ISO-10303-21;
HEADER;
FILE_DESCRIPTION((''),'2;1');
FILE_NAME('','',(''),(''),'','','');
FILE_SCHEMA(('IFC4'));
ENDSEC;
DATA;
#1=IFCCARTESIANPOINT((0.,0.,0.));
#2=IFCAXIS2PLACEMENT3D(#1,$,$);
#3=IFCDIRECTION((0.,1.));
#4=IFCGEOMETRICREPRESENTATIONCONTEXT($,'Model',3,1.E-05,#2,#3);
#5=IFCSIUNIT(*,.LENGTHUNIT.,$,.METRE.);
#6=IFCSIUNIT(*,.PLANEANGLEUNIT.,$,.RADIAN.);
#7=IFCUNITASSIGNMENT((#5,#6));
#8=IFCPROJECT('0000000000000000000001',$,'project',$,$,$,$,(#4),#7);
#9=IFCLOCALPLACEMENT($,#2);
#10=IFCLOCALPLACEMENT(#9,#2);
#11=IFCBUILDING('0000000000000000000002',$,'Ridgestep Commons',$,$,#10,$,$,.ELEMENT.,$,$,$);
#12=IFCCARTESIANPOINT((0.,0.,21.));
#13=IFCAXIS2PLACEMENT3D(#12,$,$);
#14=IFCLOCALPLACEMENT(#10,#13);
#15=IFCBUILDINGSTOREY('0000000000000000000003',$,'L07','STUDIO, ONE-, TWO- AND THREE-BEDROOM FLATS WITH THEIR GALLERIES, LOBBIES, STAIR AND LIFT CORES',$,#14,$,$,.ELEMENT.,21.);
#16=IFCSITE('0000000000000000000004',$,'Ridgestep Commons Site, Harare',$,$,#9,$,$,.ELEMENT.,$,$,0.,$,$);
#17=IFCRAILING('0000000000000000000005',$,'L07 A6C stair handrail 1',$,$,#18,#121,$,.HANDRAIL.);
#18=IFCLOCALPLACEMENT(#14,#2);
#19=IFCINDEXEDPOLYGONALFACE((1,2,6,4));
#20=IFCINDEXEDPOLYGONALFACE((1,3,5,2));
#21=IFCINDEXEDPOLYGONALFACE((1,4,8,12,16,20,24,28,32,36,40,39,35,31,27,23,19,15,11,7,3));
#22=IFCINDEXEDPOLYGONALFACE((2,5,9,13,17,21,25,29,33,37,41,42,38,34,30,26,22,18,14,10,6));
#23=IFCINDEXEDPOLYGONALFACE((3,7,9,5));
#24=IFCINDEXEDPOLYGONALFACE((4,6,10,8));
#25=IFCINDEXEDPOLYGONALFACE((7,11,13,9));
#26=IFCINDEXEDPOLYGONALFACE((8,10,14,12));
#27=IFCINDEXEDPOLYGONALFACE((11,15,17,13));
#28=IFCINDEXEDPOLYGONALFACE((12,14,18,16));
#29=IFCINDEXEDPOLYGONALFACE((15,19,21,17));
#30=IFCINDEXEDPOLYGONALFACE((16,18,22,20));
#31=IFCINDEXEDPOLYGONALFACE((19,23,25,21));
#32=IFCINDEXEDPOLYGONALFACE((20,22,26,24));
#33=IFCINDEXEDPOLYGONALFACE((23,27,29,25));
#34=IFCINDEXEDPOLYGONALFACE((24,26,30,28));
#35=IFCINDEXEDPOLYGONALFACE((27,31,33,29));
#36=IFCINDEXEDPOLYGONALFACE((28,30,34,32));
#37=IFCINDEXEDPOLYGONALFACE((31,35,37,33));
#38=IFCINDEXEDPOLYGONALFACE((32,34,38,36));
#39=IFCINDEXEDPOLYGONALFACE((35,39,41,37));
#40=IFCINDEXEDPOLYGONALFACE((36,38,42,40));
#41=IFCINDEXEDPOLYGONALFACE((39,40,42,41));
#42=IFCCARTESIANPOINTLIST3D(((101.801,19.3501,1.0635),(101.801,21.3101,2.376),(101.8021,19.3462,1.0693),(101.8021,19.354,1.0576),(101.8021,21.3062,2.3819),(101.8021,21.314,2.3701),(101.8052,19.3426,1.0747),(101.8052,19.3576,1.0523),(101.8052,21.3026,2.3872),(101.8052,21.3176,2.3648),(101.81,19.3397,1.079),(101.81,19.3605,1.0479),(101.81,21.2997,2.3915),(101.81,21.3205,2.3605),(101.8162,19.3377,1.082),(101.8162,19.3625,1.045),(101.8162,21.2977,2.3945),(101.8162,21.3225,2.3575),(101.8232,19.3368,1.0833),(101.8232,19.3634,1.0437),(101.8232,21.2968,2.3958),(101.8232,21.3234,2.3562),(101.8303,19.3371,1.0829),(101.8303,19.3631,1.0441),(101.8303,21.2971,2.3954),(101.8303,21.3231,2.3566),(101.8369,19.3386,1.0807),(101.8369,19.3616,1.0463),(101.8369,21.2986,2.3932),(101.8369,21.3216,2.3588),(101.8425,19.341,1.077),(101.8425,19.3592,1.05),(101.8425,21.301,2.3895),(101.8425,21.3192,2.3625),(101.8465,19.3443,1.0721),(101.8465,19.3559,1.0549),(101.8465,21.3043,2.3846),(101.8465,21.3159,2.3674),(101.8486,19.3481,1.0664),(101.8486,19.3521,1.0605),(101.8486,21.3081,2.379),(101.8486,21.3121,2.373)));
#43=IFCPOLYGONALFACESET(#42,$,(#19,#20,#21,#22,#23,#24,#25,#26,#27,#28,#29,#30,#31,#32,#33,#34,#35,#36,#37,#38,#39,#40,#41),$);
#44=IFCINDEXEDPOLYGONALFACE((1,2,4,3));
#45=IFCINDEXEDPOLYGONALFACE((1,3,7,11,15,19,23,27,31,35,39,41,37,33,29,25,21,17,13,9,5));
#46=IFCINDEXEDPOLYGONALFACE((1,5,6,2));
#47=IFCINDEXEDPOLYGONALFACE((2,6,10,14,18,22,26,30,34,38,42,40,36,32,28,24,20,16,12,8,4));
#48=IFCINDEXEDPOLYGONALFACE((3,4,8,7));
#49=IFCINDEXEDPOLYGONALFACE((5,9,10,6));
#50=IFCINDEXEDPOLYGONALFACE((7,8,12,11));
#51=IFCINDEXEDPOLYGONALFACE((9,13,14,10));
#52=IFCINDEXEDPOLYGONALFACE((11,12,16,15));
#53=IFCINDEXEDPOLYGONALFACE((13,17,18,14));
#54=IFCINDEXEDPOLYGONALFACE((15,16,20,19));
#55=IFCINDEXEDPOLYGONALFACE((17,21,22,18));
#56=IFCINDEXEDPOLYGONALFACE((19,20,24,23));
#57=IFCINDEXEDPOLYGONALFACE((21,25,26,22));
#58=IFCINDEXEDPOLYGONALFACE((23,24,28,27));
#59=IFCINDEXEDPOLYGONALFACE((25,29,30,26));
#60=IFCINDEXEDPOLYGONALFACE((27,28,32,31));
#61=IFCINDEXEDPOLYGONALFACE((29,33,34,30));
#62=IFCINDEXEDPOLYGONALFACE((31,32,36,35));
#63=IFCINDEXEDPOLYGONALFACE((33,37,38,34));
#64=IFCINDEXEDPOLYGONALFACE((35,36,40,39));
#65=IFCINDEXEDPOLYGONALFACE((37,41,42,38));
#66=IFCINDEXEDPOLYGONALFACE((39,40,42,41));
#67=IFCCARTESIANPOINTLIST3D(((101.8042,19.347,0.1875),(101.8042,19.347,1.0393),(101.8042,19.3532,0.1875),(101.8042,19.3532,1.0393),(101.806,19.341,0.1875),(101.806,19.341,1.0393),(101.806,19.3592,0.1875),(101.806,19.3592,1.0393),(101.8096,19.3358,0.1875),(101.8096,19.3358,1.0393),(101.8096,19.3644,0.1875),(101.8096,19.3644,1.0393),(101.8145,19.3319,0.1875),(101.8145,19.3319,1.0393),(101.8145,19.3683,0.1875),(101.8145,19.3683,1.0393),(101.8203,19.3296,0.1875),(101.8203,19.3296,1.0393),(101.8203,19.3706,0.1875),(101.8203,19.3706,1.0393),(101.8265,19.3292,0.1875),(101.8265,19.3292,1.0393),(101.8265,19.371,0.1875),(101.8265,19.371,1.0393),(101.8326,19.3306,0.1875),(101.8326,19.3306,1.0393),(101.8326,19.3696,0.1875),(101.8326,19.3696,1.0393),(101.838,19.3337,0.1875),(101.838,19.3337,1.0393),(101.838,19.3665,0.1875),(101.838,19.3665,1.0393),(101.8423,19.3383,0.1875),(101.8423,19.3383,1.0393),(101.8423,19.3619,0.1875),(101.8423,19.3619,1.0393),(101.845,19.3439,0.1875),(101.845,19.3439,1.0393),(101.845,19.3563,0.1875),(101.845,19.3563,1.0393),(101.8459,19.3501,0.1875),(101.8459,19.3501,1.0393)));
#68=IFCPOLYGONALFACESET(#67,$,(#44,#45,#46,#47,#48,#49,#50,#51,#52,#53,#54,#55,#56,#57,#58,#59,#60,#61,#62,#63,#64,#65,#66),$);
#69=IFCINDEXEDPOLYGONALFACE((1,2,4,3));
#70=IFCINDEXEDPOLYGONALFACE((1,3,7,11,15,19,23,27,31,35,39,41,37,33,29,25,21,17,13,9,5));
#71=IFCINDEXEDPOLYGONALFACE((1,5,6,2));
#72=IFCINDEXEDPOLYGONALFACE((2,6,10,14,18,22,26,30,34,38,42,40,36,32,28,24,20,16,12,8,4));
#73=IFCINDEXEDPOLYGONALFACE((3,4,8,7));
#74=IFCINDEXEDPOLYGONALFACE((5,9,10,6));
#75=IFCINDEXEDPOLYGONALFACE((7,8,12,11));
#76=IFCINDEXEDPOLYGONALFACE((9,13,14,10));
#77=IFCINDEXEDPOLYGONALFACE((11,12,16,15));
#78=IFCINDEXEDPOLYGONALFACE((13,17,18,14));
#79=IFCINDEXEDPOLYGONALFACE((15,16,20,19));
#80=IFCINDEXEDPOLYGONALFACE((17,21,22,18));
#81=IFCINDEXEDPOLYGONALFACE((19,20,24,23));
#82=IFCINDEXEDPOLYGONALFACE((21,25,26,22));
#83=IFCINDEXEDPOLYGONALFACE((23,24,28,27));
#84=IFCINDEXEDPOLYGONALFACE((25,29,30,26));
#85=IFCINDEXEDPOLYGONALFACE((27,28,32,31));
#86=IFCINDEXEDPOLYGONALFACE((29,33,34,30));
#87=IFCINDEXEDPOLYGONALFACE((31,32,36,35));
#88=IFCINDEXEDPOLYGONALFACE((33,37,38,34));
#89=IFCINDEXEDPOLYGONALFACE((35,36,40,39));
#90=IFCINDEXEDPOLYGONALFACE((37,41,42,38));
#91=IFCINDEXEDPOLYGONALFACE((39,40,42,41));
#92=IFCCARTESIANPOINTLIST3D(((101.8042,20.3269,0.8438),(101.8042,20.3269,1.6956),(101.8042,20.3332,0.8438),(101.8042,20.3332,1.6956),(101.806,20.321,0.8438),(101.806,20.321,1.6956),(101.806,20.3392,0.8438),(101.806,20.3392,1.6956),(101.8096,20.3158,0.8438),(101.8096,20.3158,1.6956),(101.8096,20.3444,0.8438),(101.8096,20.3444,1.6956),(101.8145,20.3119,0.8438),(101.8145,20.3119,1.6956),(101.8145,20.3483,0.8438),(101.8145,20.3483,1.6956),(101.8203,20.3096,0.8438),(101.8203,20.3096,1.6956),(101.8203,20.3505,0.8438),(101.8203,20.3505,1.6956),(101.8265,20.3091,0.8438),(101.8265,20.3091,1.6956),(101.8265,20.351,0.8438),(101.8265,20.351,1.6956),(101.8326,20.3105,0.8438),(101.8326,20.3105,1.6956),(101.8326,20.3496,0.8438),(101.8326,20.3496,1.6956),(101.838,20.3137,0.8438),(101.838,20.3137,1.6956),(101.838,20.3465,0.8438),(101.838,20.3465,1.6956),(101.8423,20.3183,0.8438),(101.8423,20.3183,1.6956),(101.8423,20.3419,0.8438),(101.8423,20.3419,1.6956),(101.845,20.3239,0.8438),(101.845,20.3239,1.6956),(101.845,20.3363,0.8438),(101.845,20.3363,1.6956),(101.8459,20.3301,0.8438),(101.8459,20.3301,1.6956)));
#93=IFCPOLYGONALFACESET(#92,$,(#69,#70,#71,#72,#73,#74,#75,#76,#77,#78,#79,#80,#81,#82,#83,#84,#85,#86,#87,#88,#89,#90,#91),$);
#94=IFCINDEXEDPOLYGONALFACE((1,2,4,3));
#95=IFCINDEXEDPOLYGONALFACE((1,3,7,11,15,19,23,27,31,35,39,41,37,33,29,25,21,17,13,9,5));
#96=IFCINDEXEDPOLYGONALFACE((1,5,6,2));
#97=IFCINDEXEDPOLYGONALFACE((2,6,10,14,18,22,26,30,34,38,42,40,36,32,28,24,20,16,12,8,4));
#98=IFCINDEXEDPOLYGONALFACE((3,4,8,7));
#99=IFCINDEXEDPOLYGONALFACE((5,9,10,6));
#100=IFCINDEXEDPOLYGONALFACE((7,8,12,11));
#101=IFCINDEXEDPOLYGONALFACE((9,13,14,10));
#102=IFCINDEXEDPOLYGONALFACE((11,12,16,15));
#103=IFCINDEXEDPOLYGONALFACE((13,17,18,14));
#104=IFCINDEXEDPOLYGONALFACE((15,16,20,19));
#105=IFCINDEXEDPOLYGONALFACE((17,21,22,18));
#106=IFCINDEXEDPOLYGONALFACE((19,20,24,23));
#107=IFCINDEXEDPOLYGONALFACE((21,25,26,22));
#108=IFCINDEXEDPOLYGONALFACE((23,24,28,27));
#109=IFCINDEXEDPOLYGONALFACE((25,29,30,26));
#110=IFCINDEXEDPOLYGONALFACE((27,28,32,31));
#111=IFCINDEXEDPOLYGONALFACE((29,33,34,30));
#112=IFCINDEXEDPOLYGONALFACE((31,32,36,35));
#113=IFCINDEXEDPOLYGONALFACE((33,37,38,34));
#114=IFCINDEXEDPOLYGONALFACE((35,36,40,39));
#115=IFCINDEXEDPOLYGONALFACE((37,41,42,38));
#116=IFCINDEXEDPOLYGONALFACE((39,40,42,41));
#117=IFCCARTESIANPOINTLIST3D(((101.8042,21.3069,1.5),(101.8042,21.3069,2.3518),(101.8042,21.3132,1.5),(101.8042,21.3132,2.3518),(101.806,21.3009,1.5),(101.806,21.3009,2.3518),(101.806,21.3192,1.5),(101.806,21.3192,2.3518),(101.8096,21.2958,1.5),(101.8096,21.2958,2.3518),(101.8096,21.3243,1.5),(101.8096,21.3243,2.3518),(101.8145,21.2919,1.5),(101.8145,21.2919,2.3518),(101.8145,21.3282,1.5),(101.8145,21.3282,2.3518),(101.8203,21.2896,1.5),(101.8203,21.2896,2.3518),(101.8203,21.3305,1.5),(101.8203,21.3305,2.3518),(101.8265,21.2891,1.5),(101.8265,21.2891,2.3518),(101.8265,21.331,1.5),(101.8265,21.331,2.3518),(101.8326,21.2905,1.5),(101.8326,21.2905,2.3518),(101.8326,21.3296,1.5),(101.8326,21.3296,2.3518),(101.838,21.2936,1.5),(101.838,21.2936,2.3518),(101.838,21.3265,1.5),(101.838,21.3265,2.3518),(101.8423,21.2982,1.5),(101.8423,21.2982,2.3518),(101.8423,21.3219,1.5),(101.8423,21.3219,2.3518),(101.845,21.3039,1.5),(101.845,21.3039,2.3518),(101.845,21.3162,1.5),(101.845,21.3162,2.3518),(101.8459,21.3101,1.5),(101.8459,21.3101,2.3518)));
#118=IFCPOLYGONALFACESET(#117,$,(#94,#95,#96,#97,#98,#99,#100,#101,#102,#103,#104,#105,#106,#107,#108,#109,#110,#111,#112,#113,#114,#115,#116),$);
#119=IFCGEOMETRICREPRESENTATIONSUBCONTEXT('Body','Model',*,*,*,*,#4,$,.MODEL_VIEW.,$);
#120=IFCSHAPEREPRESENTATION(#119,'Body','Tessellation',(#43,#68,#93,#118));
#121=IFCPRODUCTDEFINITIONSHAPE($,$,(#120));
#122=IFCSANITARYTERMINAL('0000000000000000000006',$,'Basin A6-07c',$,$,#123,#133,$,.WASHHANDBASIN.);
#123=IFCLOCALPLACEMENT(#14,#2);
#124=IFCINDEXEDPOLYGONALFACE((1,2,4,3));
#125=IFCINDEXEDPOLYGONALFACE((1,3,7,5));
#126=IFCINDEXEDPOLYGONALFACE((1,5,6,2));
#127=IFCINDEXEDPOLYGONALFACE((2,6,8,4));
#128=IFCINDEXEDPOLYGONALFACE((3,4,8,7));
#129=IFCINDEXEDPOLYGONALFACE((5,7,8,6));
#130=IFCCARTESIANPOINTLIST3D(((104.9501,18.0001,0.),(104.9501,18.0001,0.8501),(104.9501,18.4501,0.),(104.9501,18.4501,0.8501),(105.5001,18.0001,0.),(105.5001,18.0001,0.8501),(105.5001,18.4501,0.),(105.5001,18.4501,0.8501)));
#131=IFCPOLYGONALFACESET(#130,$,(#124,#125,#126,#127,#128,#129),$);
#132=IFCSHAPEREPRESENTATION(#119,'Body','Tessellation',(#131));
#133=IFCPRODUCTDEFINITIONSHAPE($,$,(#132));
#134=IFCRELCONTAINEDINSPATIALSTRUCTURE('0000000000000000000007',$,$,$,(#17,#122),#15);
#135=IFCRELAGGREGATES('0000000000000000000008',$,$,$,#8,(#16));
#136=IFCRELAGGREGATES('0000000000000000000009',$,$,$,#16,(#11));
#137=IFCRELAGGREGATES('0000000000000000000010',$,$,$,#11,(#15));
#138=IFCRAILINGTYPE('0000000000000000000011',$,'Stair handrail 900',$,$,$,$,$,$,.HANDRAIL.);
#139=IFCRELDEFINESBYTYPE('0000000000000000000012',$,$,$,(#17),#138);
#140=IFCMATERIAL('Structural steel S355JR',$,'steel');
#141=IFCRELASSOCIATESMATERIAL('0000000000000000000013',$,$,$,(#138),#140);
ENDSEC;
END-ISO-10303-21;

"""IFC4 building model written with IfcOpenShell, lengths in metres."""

from ifc_helpers import new_model, si_unit, direction, frame, origin, origin_2d, place, context, subcontext, project, spatial, rectangle, circle, extrude, material, type_object, element, save


model = new_model("IFC4")

# Units and contexts
model_context = context("Model", 3, precision=1e-05, world=origin(), true_north=direction((0.0, 1.0)))
body_context = subcontext(model_context, "Body", "Model", "MODEL_VIEW")
ifc_project = project(units=[si_unit("LENGTHUNIT", "METRE"), si_unit("PLANEANGLEUNIT", "RADIAN")], contexts=[model_context])

# Site, building, storey
site_placement = place(None, origin())
site = spatial("IfcSite", under=ifc_project, at=site_placement, Name="Ridgestep Commons Site, Harare", CompositionType="ELEMENT", RefElevation=0.0)
building_placement = place(site_placement, origin())
building = spatial("IfcBuilding", under=site, at=building_placement, Name="Ridgestep Commons", CompositionType="ELEMENT")
storey_placement = place(building_placement, frame((0.0, 0.0, 21.0)))
storey = spatial("IfcBuildingStorey", under=building, at=storey_placement, Name="L07", Description="STUDIO, ONE-, TWO- AND THREE-BEDROOM FLATS WITH THEIR GALLERIES, LOBBIES, STAIR AND LIFT CORES", CompositionType="ELEMENT", Elevation=21.0)

# Railing
ifc_material_1 = material(Name="Structural steel S355JR", Category="steel")
railing_type_1 = type_object("IfcRailingType", Name="Stair handrail 900", PredefinedType="HANDRAIL", material=ifc_material_1)
railing_1_placement = place(storey_placement, frame((101.825, 19.3501, 0.1875)))
element("IfcRailing", 1, at=railing_1_placement, inside=storey, type_object=railing_type_1, Name="L07 A6C stair handrail 1", PredefinedType="HANDRAIL", context=body_context, shape_type="SweptSolid", body=[
    extrude(circle(Radius=0.0239, at=origin_2d()), frame((0.0, 0.0, 0.876), z_axis=(0.0, 0.830902, 0.556419), x_axis=(-1.0, 0.0, 0.0)), (0.0, 0.0, 1.0), 2.3589),
    extrude(circle(Radius=0.021, at=origin_2d()), origin(), (0.0, 0.0, 1.0), 0.8518),
    extrude(circle(Radius=0.021, at=origin_2d()), frame((0.0, 0.98, 0.6562)), (0.0, 0.0, 1.0), 0.8518),
    extrude(circle(Radius=0.021, at=origin_2d()), frame((0.0, 1.96, 1.3125)), (0.0, 0.0, 1.0), 0.8518),
])

# Sanitary terminal
sanitary_terminal_placement = place(storey_placement, frame((105.2251, 18.2251, 0.0), z_axis=(0.0, 0.0, 1.0), x_axis=(1.0, 0.0, 0.0)))
element("IfcSanitaryTerminal", 2, at=sanitary_terminal_placement, inside=storey, Name="Basin A6-07c", PredefinedType="WASHHANDBASIN", context=body_context, shape_type="SweptSolid", body=[
    extrude(rectangle(XDim=0.55, YDim=0.45, at=origin_2d()), origin(), (0.0, 0.0, 1.0), 0.8501),
])

save(model, "model.ifc")
